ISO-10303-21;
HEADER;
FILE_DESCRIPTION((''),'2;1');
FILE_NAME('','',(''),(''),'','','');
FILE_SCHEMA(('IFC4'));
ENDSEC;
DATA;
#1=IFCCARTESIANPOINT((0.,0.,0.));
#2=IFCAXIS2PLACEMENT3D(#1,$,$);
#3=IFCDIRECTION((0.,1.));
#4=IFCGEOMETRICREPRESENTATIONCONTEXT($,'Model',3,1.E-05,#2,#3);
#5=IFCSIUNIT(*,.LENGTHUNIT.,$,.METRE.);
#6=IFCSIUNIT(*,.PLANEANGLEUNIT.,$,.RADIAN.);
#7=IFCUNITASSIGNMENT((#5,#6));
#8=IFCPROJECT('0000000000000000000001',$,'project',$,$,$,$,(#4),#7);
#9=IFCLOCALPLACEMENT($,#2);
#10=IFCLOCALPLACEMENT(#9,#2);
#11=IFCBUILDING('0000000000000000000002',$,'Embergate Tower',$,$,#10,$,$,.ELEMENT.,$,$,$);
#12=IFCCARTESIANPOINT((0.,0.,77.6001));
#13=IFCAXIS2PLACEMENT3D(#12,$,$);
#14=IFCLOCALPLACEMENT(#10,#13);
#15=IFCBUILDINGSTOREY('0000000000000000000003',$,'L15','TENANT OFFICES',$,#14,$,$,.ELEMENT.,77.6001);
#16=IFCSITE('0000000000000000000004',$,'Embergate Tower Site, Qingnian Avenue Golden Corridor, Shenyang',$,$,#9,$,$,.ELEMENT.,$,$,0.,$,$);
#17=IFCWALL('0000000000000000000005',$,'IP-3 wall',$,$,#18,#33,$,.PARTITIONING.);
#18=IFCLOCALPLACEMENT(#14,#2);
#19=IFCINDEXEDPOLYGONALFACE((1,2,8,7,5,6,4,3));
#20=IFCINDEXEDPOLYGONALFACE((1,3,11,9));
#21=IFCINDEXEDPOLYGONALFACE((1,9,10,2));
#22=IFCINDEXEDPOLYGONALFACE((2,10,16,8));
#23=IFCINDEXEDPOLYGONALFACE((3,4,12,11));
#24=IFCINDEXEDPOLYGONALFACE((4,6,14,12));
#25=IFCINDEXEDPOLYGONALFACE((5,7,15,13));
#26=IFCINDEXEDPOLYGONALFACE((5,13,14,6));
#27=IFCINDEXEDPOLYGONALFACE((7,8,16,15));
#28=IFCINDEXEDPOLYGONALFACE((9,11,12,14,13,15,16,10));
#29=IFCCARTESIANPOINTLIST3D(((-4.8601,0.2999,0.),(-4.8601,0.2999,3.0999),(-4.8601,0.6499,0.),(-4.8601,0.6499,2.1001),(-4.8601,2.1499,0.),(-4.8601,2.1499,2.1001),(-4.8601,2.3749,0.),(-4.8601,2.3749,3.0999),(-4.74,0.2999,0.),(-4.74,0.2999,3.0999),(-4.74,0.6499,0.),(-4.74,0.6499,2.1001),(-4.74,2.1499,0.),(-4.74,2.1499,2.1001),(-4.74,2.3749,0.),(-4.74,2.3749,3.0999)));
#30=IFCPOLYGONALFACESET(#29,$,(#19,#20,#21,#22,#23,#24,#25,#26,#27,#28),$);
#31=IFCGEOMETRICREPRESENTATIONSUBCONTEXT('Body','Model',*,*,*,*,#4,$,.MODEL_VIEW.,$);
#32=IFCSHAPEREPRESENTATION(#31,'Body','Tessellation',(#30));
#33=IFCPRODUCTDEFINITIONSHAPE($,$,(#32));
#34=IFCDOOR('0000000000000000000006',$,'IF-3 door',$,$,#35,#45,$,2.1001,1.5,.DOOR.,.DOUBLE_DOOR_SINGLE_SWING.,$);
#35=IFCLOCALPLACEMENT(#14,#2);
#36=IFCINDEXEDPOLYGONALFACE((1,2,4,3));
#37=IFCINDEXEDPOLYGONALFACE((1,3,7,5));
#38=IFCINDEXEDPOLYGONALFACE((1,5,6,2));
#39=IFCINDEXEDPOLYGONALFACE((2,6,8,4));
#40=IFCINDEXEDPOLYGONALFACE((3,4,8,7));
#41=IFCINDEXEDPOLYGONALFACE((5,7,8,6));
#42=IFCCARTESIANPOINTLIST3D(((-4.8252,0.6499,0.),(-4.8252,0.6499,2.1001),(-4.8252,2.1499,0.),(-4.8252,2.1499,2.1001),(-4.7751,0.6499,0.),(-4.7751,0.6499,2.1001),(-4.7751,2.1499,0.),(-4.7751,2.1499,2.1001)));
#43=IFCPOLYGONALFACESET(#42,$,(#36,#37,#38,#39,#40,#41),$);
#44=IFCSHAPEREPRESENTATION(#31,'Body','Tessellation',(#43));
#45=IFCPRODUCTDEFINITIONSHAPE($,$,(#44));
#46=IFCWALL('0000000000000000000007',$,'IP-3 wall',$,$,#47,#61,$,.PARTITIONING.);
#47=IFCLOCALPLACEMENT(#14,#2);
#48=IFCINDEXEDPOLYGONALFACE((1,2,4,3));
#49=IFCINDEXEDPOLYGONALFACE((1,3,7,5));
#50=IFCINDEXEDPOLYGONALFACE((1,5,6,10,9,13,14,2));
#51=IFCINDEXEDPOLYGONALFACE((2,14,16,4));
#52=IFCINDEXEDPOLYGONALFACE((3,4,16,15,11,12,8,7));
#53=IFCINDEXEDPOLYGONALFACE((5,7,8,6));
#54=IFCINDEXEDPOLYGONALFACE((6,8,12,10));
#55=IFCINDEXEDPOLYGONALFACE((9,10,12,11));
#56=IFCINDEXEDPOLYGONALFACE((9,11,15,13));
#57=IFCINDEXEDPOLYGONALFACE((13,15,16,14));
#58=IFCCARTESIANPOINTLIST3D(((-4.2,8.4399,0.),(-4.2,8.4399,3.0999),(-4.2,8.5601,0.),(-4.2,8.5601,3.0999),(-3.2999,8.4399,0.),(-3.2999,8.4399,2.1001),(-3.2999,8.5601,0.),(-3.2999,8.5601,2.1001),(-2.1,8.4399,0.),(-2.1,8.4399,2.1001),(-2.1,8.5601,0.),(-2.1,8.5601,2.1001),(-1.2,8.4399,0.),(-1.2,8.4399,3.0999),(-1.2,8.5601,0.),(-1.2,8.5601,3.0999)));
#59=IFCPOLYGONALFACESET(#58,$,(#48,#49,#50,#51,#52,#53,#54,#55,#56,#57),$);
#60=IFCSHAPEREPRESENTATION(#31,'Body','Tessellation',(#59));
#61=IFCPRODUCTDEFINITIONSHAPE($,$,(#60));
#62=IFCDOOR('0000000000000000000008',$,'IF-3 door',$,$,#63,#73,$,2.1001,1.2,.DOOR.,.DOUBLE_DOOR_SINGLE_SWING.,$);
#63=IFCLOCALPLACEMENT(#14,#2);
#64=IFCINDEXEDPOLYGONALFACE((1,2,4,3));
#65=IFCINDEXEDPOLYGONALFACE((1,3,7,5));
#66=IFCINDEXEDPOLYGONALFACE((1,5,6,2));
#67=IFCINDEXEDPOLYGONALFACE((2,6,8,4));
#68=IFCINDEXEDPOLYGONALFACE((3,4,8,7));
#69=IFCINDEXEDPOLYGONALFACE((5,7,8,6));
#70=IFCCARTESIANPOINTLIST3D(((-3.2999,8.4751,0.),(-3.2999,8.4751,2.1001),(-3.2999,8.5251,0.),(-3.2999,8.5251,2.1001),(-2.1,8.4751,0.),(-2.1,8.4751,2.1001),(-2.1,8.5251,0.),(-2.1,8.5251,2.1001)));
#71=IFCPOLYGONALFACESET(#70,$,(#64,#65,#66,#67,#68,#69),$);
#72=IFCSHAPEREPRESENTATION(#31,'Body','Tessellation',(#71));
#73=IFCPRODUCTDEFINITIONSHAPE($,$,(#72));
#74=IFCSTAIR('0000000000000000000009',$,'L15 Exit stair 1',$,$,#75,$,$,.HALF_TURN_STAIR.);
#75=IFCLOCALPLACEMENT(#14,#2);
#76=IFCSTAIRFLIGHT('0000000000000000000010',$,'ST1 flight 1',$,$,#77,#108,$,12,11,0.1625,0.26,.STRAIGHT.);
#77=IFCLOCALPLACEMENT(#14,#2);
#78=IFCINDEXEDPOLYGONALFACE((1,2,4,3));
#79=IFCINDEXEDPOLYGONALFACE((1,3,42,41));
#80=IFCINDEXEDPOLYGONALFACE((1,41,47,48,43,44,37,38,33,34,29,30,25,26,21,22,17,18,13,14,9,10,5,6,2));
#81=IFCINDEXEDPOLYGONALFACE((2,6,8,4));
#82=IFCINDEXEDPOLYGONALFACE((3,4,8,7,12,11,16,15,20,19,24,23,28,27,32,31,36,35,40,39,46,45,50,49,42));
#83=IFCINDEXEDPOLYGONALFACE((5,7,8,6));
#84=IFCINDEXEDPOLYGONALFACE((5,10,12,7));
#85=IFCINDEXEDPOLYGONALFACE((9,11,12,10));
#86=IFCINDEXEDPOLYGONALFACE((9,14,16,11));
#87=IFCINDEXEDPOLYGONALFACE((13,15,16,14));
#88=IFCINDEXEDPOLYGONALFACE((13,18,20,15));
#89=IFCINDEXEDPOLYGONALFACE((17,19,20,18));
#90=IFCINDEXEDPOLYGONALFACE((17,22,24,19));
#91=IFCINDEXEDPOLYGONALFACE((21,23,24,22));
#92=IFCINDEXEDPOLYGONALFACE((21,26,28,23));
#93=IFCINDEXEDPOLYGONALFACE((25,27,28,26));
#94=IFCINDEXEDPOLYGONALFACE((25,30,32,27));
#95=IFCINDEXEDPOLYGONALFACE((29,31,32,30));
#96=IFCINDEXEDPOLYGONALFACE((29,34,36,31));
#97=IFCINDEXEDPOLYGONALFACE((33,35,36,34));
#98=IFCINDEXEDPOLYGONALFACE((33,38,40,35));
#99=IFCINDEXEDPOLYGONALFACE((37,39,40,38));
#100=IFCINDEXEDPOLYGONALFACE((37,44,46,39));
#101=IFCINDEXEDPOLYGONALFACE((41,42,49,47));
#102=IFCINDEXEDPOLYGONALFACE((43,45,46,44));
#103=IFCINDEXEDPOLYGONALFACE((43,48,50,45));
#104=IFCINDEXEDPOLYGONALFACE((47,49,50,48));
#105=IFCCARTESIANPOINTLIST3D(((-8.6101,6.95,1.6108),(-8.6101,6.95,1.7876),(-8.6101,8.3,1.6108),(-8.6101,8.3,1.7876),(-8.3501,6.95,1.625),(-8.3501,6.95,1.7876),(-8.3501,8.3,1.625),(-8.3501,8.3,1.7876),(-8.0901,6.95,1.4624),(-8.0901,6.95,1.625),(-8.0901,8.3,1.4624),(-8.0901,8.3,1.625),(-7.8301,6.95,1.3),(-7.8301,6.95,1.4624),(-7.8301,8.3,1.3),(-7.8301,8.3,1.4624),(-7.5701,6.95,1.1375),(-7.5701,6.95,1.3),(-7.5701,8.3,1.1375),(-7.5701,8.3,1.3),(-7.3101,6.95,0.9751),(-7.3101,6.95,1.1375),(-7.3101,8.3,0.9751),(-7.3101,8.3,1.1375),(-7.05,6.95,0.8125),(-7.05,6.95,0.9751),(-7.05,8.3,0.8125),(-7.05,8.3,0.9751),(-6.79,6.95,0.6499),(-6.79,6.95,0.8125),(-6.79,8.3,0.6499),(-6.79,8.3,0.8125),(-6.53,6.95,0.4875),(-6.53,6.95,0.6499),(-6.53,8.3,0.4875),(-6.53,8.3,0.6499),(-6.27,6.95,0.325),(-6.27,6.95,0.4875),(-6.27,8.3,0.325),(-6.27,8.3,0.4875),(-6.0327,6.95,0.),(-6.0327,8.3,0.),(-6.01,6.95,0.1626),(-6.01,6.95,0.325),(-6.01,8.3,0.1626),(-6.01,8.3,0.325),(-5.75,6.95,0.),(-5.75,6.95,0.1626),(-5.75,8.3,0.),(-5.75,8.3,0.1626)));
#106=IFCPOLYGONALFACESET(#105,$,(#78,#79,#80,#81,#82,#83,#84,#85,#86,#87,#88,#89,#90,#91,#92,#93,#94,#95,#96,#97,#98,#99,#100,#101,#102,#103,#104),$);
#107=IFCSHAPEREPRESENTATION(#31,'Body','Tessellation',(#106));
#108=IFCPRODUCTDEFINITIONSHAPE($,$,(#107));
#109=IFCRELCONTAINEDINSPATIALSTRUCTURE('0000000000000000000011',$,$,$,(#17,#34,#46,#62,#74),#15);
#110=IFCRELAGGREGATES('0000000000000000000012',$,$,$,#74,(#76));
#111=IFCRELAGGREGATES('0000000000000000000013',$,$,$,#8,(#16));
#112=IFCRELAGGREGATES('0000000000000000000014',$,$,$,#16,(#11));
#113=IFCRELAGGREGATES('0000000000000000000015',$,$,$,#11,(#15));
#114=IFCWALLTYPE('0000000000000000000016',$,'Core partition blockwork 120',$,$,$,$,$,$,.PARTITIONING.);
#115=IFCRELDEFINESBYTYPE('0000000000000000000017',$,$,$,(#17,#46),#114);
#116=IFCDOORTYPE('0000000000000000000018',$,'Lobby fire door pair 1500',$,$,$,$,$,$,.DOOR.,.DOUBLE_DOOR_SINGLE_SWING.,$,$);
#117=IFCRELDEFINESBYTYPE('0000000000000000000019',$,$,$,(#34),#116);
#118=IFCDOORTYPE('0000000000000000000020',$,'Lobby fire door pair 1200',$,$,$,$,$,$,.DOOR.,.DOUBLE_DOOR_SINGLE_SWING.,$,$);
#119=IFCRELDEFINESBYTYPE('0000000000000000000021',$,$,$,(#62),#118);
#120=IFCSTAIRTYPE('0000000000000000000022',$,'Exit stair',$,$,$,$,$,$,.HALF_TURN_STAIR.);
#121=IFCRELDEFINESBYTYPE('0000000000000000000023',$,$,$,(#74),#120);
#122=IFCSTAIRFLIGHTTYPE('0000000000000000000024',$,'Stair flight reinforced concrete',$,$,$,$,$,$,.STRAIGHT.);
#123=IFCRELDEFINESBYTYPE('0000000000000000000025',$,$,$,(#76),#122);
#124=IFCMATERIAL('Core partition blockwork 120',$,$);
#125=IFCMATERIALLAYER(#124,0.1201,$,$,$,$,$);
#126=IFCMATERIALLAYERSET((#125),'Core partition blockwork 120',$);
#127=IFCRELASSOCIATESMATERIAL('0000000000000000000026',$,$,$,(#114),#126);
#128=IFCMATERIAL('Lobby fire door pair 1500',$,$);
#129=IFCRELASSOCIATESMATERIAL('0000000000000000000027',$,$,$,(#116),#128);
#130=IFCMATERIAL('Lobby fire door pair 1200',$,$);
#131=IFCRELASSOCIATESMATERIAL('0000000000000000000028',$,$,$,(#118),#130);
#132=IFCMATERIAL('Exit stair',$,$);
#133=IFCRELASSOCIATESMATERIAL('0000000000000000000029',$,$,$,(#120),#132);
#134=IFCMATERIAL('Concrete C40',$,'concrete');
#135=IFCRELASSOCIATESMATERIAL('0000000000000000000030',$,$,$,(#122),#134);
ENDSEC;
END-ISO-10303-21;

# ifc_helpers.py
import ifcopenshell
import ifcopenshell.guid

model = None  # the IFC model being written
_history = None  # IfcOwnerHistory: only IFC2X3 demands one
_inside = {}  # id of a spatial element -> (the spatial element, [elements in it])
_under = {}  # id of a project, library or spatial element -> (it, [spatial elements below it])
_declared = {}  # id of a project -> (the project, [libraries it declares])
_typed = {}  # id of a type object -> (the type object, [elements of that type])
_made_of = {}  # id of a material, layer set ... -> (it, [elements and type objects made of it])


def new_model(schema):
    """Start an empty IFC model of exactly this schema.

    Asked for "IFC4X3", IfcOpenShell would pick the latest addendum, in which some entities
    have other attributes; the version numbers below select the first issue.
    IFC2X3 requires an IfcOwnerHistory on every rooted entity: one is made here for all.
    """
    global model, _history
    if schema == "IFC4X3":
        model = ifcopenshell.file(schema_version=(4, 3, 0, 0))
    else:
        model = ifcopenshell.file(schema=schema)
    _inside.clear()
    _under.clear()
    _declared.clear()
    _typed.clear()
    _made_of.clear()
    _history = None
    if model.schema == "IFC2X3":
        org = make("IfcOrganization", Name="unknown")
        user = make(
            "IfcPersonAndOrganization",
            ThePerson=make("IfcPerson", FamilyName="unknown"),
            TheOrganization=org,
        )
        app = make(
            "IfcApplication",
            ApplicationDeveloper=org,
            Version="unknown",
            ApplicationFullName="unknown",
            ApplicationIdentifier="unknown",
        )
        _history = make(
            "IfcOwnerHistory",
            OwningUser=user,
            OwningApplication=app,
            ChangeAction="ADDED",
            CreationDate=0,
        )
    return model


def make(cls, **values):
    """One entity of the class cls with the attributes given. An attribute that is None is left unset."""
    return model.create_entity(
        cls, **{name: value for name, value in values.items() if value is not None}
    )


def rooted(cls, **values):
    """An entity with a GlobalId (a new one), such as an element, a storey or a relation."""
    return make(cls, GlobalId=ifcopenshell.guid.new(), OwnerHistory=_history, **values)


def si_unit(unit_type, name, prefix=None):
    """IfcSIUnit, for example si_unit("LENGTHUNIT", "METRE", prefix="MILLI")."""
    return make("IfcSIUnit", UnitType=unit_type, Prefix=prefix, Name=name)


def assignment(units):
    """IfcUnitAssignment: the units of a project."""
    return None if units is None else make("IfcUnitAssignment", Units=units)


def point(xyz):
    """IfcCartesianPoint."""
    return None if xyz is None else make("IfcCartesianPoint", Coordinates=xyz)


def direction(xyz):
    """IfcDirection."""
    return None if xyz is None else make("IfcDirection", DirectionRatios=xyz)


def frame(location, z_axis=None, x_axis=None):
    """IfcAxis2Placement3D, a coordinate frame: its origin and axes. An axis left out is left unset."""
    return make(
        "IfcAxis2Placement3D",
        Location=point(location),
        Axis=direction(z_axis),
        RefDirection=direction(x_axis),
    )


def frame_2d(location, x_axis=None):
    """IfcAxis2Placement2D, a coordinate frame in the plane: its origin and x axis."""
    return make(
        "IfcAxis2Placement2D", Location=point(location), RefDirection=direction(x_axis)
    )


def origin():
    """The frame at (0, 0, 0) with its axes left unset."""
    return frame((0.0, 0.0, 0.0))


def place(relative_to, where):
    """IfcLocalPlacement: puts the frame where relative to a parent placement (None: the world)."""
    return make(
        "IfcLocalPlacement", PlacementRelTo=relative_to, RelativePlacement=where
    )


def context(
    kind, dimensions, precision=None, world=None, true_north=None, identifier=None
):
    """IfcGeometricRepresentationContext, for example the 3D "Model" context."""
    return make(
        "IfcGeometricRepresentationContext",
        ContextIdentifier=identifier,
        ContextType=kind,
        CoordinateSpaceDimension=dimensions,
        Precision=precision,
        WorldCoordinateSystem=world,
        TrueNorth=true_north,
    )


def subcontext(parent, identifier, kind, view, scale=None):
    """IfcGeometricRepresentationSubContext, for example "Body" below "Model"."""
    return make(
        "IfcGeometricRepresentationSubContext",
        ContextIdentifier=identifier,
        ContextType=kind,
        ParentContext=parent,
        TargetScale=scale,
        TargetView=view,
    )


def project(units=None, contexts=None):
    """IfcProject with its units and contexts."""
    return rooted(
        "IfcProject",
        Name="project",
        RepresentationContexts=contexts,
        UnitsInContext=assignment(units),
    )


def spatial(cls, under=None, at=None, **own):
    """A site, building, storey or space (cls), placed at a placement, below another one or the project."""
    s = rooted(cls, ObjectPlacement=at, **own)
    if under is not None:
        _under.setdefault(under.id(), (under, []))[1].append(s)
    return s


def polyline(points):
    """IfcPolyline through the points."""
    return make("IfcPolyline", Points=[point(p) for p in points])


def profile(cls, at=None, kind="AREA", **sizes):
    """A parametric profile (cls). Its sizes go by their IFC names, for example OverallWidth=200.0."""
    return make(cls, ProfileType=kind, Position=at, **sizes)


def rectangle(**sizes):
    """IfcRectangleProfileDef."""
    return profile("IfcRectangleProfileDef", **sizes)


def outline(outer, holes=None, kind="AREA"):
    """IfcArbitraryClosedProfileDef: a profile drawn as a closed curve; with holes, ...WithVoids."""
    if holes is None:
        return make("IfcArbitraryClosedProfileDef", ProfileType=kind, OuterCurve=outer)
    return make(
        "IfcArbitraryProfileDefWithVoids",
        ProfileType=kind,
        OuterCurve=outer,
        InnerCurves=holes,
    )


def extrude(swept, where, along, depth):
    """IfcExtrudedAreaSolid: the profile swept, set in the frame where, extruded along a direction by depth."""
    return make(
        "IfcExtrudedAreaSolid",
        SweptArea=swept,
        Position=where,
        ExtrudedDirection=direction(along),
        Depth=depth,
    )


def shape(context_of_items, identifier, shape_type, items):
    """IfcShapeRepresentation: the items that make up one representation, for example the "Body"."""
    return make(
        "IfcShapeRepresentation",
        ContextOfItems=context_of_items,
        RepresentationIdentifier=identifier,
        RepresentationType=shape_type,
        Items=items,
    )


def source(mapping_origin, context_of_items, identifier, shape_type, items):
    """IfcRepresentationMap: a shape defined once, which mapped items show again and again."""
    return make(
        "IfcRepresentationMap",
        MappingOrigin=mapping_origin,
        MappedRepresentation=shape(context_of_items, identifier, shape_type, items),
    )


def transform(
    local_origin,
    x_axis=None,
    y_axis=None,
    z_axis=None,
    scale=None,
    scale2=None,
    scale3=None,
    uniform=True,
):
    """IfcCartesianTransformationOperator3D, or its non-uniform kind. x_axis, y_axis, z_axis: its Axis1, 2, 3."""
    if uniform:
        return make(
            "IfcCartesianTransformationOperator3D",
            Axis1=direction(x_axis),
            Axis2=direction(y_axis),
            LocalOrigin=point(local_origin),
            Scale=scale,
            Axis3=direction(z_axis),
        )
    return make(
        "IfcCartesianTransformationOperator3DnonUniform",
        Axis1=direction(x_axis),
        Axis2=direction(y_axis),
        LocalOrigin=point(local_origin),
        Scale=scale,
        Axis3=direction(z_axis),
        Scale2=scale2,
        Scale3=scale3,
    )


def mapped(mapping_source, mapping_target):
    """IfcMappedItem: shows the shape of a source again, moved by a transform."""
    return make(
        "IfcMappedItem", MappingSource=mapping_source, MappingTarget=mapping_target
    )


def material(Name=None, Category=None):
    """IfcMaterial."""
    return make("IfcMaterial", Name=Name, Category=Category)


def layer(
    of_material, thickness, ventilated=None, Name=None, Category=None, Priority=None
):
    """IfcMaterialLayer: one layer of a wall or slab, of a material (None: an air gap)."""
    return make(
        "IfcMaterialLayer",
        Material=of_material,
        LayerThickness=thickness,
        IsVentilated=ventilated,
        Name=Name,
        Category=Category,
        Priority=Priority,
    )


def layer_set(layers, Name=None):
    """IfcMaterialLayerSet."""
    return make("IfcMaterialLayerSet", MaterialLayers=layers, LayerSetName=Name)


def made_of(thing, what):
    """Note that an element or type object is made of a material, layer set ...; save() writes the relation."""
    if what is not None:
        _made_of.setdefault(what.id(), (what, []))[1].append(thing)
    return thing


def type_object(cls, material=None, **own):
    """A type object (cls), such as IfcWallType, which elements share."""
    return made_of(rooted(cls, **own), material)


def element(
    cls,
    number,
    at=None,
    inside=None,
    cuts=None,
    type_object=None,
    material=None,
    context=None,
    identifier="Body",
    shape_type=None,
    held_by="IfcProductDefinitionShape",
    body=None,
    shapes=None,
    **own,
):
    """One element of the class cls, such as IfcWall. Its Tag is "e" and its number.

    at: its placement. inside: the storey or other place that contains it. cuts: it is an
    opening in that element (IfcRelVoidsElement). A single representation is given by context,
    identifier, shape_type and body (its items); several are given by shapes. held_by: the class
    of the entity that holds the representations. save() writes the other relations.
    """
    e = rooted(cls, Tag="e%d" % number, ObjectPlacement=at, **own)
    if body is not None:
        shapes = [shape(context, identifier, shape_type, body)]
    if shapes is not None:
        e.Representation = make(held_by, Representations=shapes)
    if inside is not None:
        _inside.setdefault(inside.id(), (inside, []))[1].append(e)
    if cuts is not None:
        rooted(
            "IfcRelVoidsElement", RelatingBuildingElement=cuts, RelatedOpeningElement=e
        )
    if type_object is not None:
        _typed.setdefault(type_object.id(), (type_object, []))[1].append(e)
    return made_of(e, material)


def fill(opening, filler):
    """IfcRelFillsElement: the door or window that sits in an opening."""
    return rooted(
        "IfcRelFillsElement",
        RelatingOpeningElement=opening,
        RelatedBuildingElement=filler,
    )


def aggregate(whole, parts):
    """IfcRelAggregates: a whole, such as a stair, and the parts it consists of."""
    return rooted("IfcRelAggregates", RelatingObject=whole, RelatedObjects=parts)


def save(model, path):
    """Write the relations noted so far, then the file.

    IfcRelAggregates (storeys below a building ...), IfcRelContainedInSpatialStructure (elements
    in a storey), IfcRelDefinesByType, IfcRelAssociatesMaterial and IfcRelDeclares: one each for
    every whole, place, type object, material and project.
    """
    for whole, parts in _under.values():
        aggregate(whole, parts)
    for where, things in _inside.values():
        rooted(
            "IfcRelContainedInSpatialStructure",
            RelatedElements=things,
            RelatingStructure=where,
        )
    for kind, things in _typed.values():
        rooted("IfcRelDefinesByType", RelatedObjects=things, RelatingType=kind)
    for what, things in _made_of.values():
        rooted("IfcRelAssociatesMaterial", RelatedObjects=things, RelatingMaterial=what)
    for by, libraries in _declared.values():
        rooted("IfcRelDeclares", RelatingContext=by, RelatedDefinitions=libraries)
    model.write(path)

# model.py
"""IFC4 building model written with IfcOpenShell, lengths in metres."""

from ifc_helpers import new_model, si_unit, direction, frame, frame_2d, origin, place, context, subcontext, project, spatial, polyline, rectangle, outline, extrude, source, transform, mapped, material, layer, layer_set, type_object, element, fill, aggregate, save


model = new_model("IFC4")

# Units and contexts
model_context = context("Model", 3, precision=1e-05, world=origin(), true_north=direction((0.0, 1.0)))
body_context = subcontext(model_context, "Body", "Model", "MODEL_VIEW")
ifc_project = project(units=[si_unit("LENGTHUNIT", "METRE"), si_unit("PLANEANGLEUNIT", "RADIAN")], contexts=[model_context])

# Site, building, storey
site_placement = place(None, origin())
site = spatial("IfcSite", under=ifc_project, at=site_placement, Name="Embergate Tower Site, Qingnian Avenue Golden Corridor, Shenyang", CompositionType="ELEMENT", RefElevation=0.0)
building_placement = place(site_placement, origin())
building = spatial("IfcBuilding", under=site, at=building_placement, Name="Embergate Tower", CompositionType="ELEMENT")
storey_placement = place(building_placement, frame((0.0, 0.0, 77.6001)))
storey = spatial("IfcBuildingStorey", under=building, at=storey_placement, Name="L15", Description="TENANT OFFICES", CompositionType="ELEMENT", Elevation=77.6001)

# Walls, openings, doors
shared_shape_1 = source(origin(), body_context, "Body", "SweptSolid", [
    extrude(rectangle(XDim=1.2, YDim=2.1001, at=frame_2d((0.6001, 1.05))), frame((0.0, 0.0249, 0.0), z_axis=(0.0, -1.0, 0.0), x_axis=(1.0, 0.0, 0.0)), (0.0, 0.0, 1.0), 0.05),
])
ifc_material_1 = material(Name="Core partition blockwork 120")
ifc_layer_1 = layer(ifc_material_1, 0.1201)
ifc_layer_set_1 = layer_set([ifc_layer_1], Name="Core partition blockwork 120")
wall_type_1 = type_object("IfcWallType", Name="Core partition blockwork 120", PredefinedType="PARTITIONING", material=ifc_layer_set_1)
shared_shape_2 = source(origin(), body_context, "Body", "SweptSolid", [
    extrude(rectangle(XDim=2.075, YDim=0.1201, at=frame_2d((1.0376, 0.0))), origin(), (0.0, 0.0, 1.0), 3.0999),
])
wall_1_placement = place(storey_placement, frame((-4.8, 2.375, 0.0), z_axis=(0.0, 0.0, 1.0), x_axis=(0.0, -1.0, 0.0)))
wall_1 = element("IfcWall", 1, at=wall_1_placement, inside=storey, type_object=wall_type_1, Name="IP-3 wall", PredefinedType="PARTITIONING", context=body_context, shape_type="MappedRepresentation", body=[
    mapped(shared_shape_2, transform((0.0, 0.0, 0.0))),
])
shared_shape_3 = source(origin(), body_context, "Body", "SweptSolid", [
    extrude(rectangle(XDim=1.5, YDim=2.1001, at=frame_2d((0.75, 1.05))), frame((0.0, 0.0701, 0.0), z_axis=(0.0, -1.0, 0.0), x_axis=(1.0, 0.0, 0.0)), (0.0, 0.0, 1.0), 0.1401),
])
opening_1_placement = place(wall_1_placement, frame((0.2251, 0.0, 0.0)))
opening_1 = element("IfcOpeningElement", 2, at=opening_1_placement, cuts=wall_1, PredefinedType="OPENING", context=body_context, shape_type="MappedRepresentation", body=[
    mapped(shared_shape_3, transform((0.0, 0.0, 0.0))),
])
ifc_material_2 = material(Name="Lobby fire door pair 1500")
door_type_1 = type_object("IfcDoorType", Name="Lobby fire door pair 1500", OperationType="DOUBLE_DOOR_SINGLE_SWING", PredefinedType="DOOR", material=ifc_material_2)
shared_shape_4 = source(origin(), body_context, "Body", "SweptSolid", [
    extrude(rectangle(XDim=1.5, YDim=2.1001, at=frame_2d((0.75, 1.05))), frame((0.0, 0.0249, 0.0), z_axis=(0.0, -1.0, 0.0), x_axis=(1.0, 0.0, 0.0)), (0.0, 0.0, 1.0), 0.05),
])
door_1_placement = place(opening_1_placement, origin())
door_1 = element("IfcDoor", 3, at=door_1_placement, inside=storey, type_object=door_type_1, Name="IF-3 door", OperationType="DOUBLE_DOOR_SINGLE_SWING", OverallHeight=2.1001, OverallWidth=1.5, PredefinedType="DOOR", context=body_context, shape_type="MappedRepresentation", body=[
    mapped(shared_shape_4, transform((0.0, 0.0, 0.0))),
])
fill(opening_1, door_1)
shared_shape_5 = source(origin(), body_context, "Body", "SweptSolid", [
    extrude(rectangle(XDim=3.0, YDim=0.1201, at=frame_2d((1.5, 0.0))), origin(), (0.0, 0.0, 1.0), 3.0999),
])
wall_2_placement = place(storey_placement, frame((-1.2, 8.5, 0.0), z_axis=(0.0, 0.0, 1.0), x_axis=(-1.0, 0.0, 0.0)))
wall_2 = element("IfcWall", 4, at=wall_2_placement, inside=storey, type_object=wall_type_1, Name="IP-3 wall", PredefinedType="PARTITIONING", context=body_context, shape_type="MappedRepresentation", body=[
    mapped(shared_shape_5, transform((0.0, 0.0, 0.0))),
])
shared_shape_6 = source(origin(), body_context, "Body", "SweptSolid", [
    extrude(rectangle(XDim=1.2, YDim=2.1001, at=frame_2d((0.6001, 1.05))), frame((0.0, 0.0701, 0.0), z_axis=(0.0, -1.0, 0.0), x_axis=(1.0, 0.0, 0.0)), (0.0, 0.0, 1.0), 0.1401),
])
opening_2_placement = place(wall_2_placement, frame((0.8999, 0.0, 0.0)))
opening_2 = element("IfcOpeningElement", 5, at=opening_2_placement, cuts=wall_2, PredefinedType="OPENING", context=body_context, shape_type="MappedRepresentation", body=[
    mapped(shared_shape_6, transform((0.0, 0.0, 0.0))),
])
ifc_material_3 = material(Name="Lobby fire door pair 1200")
door_type_2 = type_object("IfcDoorType", Name="Lobby fire door pair 1200", OperationType="DOUBLE_DOOR_SINGLE_SWING", PredefinedType="DOOR", material=ifc_material_3)
door_2_placement = place(opening_2_placement, origin())
door_2 = element("IfcDoor", 6, at=door_2_placement, inside=storey, type_object=door_type_2, Name="IF-3 door", OperationType="DOUBLE_DOOR_SINGLE_SWING", OverallHeight=2.1001, OverallWidth=1.2, PredefinedType="DOOR", context=body_context, shape_type="MappedRepresentation", body=[
    mapped(shared_shape_1, transform((0.0, 0.0, 0.0))),
])
fill(opening_2, door_2)

# Stair, stair flight
ifc_material_4 = material(Name="Exit stair")
stair_type = type_object("IfcStairType", Name="Exit stair", PredefinedType="HALF_TURN_STAIR", material=ifc_material_4)
stair_placement = place(storey_placement, origin())
stair = element("IfcStair", 7, at=stair_placement, inside=storey, type_object=stair_type, Name="L15 Exit stair 1", PredefinedType="HALF_TURN_STAIR")
ifc_material_5 = material(Name="Concrete C40", Category="concrete")
stair_flight_type = type_object("IfcStairFlightType", Name="Stair flight reinforced concrete", PredefinedType="STRAIGHT", material=ifc_material_5)
shared_shape_7 = source(origin(), body_context, "Body", "SweptSolid", [
    extrude(outline(polyline([(0.0, 0.0), (0.0, 0.1626), (0.26, 0.1626), (0.26, 0.325), (0.52, 0.325), (0.52, 0.4875), (0.78, 0.4875), (0.78, 0.6499), (1.04, 0.6499), (1.04, 0.8125), (1.3, 0.8125), (1.3, 0.9751), (1.5601, 0.9751), (1.5601, 1.1375), (1.8201, 1.1375), (1.8201, 1.3), (2.0801, 1.3), (2.0801, 1.4624), (2.3401, 1.4624), (2.3401, 1.625), (2.6001, 1.625), (2.6001, 1.7876), (2.8601, 1.7876), (2.8601, 1.95), (2.8601, 1.6108), (0.2827, 0.0), (0.0, 0.0)])), frame((0.0, 0.675, 0.0), z_axis=(0.0, -1.0, 0.0), x_axis=(1.0, 0.0, 0.0)), (0.0, 0.0, 1.0), 1.3501),
])
stair_flight_placement = place(storey_placement, frame((-5.75, 7.625, 0.0), z_axis=(0.0, 0.0, 1.0), x_axis=(-1.0, 0.0, 0.0)))
stair_flight = element("IfcStairFlight", 8, at=stair_flight_placement, type_object=stair_flight_type, Name="ST1 flight 1", NumberOfRisers=12, NumberOfTreads=11, PredefinedType="STRAIGHT", RiserHeight=0.1625, TreadLength=0.26, context=body_context, shape_type="MappedRepresentation", body=[
    mapped(shared_shape_7, transform((0.0, 0.0, 0.0))),
])
aggregate(stair, [stair_flight])

save(model, "model.ifc")
